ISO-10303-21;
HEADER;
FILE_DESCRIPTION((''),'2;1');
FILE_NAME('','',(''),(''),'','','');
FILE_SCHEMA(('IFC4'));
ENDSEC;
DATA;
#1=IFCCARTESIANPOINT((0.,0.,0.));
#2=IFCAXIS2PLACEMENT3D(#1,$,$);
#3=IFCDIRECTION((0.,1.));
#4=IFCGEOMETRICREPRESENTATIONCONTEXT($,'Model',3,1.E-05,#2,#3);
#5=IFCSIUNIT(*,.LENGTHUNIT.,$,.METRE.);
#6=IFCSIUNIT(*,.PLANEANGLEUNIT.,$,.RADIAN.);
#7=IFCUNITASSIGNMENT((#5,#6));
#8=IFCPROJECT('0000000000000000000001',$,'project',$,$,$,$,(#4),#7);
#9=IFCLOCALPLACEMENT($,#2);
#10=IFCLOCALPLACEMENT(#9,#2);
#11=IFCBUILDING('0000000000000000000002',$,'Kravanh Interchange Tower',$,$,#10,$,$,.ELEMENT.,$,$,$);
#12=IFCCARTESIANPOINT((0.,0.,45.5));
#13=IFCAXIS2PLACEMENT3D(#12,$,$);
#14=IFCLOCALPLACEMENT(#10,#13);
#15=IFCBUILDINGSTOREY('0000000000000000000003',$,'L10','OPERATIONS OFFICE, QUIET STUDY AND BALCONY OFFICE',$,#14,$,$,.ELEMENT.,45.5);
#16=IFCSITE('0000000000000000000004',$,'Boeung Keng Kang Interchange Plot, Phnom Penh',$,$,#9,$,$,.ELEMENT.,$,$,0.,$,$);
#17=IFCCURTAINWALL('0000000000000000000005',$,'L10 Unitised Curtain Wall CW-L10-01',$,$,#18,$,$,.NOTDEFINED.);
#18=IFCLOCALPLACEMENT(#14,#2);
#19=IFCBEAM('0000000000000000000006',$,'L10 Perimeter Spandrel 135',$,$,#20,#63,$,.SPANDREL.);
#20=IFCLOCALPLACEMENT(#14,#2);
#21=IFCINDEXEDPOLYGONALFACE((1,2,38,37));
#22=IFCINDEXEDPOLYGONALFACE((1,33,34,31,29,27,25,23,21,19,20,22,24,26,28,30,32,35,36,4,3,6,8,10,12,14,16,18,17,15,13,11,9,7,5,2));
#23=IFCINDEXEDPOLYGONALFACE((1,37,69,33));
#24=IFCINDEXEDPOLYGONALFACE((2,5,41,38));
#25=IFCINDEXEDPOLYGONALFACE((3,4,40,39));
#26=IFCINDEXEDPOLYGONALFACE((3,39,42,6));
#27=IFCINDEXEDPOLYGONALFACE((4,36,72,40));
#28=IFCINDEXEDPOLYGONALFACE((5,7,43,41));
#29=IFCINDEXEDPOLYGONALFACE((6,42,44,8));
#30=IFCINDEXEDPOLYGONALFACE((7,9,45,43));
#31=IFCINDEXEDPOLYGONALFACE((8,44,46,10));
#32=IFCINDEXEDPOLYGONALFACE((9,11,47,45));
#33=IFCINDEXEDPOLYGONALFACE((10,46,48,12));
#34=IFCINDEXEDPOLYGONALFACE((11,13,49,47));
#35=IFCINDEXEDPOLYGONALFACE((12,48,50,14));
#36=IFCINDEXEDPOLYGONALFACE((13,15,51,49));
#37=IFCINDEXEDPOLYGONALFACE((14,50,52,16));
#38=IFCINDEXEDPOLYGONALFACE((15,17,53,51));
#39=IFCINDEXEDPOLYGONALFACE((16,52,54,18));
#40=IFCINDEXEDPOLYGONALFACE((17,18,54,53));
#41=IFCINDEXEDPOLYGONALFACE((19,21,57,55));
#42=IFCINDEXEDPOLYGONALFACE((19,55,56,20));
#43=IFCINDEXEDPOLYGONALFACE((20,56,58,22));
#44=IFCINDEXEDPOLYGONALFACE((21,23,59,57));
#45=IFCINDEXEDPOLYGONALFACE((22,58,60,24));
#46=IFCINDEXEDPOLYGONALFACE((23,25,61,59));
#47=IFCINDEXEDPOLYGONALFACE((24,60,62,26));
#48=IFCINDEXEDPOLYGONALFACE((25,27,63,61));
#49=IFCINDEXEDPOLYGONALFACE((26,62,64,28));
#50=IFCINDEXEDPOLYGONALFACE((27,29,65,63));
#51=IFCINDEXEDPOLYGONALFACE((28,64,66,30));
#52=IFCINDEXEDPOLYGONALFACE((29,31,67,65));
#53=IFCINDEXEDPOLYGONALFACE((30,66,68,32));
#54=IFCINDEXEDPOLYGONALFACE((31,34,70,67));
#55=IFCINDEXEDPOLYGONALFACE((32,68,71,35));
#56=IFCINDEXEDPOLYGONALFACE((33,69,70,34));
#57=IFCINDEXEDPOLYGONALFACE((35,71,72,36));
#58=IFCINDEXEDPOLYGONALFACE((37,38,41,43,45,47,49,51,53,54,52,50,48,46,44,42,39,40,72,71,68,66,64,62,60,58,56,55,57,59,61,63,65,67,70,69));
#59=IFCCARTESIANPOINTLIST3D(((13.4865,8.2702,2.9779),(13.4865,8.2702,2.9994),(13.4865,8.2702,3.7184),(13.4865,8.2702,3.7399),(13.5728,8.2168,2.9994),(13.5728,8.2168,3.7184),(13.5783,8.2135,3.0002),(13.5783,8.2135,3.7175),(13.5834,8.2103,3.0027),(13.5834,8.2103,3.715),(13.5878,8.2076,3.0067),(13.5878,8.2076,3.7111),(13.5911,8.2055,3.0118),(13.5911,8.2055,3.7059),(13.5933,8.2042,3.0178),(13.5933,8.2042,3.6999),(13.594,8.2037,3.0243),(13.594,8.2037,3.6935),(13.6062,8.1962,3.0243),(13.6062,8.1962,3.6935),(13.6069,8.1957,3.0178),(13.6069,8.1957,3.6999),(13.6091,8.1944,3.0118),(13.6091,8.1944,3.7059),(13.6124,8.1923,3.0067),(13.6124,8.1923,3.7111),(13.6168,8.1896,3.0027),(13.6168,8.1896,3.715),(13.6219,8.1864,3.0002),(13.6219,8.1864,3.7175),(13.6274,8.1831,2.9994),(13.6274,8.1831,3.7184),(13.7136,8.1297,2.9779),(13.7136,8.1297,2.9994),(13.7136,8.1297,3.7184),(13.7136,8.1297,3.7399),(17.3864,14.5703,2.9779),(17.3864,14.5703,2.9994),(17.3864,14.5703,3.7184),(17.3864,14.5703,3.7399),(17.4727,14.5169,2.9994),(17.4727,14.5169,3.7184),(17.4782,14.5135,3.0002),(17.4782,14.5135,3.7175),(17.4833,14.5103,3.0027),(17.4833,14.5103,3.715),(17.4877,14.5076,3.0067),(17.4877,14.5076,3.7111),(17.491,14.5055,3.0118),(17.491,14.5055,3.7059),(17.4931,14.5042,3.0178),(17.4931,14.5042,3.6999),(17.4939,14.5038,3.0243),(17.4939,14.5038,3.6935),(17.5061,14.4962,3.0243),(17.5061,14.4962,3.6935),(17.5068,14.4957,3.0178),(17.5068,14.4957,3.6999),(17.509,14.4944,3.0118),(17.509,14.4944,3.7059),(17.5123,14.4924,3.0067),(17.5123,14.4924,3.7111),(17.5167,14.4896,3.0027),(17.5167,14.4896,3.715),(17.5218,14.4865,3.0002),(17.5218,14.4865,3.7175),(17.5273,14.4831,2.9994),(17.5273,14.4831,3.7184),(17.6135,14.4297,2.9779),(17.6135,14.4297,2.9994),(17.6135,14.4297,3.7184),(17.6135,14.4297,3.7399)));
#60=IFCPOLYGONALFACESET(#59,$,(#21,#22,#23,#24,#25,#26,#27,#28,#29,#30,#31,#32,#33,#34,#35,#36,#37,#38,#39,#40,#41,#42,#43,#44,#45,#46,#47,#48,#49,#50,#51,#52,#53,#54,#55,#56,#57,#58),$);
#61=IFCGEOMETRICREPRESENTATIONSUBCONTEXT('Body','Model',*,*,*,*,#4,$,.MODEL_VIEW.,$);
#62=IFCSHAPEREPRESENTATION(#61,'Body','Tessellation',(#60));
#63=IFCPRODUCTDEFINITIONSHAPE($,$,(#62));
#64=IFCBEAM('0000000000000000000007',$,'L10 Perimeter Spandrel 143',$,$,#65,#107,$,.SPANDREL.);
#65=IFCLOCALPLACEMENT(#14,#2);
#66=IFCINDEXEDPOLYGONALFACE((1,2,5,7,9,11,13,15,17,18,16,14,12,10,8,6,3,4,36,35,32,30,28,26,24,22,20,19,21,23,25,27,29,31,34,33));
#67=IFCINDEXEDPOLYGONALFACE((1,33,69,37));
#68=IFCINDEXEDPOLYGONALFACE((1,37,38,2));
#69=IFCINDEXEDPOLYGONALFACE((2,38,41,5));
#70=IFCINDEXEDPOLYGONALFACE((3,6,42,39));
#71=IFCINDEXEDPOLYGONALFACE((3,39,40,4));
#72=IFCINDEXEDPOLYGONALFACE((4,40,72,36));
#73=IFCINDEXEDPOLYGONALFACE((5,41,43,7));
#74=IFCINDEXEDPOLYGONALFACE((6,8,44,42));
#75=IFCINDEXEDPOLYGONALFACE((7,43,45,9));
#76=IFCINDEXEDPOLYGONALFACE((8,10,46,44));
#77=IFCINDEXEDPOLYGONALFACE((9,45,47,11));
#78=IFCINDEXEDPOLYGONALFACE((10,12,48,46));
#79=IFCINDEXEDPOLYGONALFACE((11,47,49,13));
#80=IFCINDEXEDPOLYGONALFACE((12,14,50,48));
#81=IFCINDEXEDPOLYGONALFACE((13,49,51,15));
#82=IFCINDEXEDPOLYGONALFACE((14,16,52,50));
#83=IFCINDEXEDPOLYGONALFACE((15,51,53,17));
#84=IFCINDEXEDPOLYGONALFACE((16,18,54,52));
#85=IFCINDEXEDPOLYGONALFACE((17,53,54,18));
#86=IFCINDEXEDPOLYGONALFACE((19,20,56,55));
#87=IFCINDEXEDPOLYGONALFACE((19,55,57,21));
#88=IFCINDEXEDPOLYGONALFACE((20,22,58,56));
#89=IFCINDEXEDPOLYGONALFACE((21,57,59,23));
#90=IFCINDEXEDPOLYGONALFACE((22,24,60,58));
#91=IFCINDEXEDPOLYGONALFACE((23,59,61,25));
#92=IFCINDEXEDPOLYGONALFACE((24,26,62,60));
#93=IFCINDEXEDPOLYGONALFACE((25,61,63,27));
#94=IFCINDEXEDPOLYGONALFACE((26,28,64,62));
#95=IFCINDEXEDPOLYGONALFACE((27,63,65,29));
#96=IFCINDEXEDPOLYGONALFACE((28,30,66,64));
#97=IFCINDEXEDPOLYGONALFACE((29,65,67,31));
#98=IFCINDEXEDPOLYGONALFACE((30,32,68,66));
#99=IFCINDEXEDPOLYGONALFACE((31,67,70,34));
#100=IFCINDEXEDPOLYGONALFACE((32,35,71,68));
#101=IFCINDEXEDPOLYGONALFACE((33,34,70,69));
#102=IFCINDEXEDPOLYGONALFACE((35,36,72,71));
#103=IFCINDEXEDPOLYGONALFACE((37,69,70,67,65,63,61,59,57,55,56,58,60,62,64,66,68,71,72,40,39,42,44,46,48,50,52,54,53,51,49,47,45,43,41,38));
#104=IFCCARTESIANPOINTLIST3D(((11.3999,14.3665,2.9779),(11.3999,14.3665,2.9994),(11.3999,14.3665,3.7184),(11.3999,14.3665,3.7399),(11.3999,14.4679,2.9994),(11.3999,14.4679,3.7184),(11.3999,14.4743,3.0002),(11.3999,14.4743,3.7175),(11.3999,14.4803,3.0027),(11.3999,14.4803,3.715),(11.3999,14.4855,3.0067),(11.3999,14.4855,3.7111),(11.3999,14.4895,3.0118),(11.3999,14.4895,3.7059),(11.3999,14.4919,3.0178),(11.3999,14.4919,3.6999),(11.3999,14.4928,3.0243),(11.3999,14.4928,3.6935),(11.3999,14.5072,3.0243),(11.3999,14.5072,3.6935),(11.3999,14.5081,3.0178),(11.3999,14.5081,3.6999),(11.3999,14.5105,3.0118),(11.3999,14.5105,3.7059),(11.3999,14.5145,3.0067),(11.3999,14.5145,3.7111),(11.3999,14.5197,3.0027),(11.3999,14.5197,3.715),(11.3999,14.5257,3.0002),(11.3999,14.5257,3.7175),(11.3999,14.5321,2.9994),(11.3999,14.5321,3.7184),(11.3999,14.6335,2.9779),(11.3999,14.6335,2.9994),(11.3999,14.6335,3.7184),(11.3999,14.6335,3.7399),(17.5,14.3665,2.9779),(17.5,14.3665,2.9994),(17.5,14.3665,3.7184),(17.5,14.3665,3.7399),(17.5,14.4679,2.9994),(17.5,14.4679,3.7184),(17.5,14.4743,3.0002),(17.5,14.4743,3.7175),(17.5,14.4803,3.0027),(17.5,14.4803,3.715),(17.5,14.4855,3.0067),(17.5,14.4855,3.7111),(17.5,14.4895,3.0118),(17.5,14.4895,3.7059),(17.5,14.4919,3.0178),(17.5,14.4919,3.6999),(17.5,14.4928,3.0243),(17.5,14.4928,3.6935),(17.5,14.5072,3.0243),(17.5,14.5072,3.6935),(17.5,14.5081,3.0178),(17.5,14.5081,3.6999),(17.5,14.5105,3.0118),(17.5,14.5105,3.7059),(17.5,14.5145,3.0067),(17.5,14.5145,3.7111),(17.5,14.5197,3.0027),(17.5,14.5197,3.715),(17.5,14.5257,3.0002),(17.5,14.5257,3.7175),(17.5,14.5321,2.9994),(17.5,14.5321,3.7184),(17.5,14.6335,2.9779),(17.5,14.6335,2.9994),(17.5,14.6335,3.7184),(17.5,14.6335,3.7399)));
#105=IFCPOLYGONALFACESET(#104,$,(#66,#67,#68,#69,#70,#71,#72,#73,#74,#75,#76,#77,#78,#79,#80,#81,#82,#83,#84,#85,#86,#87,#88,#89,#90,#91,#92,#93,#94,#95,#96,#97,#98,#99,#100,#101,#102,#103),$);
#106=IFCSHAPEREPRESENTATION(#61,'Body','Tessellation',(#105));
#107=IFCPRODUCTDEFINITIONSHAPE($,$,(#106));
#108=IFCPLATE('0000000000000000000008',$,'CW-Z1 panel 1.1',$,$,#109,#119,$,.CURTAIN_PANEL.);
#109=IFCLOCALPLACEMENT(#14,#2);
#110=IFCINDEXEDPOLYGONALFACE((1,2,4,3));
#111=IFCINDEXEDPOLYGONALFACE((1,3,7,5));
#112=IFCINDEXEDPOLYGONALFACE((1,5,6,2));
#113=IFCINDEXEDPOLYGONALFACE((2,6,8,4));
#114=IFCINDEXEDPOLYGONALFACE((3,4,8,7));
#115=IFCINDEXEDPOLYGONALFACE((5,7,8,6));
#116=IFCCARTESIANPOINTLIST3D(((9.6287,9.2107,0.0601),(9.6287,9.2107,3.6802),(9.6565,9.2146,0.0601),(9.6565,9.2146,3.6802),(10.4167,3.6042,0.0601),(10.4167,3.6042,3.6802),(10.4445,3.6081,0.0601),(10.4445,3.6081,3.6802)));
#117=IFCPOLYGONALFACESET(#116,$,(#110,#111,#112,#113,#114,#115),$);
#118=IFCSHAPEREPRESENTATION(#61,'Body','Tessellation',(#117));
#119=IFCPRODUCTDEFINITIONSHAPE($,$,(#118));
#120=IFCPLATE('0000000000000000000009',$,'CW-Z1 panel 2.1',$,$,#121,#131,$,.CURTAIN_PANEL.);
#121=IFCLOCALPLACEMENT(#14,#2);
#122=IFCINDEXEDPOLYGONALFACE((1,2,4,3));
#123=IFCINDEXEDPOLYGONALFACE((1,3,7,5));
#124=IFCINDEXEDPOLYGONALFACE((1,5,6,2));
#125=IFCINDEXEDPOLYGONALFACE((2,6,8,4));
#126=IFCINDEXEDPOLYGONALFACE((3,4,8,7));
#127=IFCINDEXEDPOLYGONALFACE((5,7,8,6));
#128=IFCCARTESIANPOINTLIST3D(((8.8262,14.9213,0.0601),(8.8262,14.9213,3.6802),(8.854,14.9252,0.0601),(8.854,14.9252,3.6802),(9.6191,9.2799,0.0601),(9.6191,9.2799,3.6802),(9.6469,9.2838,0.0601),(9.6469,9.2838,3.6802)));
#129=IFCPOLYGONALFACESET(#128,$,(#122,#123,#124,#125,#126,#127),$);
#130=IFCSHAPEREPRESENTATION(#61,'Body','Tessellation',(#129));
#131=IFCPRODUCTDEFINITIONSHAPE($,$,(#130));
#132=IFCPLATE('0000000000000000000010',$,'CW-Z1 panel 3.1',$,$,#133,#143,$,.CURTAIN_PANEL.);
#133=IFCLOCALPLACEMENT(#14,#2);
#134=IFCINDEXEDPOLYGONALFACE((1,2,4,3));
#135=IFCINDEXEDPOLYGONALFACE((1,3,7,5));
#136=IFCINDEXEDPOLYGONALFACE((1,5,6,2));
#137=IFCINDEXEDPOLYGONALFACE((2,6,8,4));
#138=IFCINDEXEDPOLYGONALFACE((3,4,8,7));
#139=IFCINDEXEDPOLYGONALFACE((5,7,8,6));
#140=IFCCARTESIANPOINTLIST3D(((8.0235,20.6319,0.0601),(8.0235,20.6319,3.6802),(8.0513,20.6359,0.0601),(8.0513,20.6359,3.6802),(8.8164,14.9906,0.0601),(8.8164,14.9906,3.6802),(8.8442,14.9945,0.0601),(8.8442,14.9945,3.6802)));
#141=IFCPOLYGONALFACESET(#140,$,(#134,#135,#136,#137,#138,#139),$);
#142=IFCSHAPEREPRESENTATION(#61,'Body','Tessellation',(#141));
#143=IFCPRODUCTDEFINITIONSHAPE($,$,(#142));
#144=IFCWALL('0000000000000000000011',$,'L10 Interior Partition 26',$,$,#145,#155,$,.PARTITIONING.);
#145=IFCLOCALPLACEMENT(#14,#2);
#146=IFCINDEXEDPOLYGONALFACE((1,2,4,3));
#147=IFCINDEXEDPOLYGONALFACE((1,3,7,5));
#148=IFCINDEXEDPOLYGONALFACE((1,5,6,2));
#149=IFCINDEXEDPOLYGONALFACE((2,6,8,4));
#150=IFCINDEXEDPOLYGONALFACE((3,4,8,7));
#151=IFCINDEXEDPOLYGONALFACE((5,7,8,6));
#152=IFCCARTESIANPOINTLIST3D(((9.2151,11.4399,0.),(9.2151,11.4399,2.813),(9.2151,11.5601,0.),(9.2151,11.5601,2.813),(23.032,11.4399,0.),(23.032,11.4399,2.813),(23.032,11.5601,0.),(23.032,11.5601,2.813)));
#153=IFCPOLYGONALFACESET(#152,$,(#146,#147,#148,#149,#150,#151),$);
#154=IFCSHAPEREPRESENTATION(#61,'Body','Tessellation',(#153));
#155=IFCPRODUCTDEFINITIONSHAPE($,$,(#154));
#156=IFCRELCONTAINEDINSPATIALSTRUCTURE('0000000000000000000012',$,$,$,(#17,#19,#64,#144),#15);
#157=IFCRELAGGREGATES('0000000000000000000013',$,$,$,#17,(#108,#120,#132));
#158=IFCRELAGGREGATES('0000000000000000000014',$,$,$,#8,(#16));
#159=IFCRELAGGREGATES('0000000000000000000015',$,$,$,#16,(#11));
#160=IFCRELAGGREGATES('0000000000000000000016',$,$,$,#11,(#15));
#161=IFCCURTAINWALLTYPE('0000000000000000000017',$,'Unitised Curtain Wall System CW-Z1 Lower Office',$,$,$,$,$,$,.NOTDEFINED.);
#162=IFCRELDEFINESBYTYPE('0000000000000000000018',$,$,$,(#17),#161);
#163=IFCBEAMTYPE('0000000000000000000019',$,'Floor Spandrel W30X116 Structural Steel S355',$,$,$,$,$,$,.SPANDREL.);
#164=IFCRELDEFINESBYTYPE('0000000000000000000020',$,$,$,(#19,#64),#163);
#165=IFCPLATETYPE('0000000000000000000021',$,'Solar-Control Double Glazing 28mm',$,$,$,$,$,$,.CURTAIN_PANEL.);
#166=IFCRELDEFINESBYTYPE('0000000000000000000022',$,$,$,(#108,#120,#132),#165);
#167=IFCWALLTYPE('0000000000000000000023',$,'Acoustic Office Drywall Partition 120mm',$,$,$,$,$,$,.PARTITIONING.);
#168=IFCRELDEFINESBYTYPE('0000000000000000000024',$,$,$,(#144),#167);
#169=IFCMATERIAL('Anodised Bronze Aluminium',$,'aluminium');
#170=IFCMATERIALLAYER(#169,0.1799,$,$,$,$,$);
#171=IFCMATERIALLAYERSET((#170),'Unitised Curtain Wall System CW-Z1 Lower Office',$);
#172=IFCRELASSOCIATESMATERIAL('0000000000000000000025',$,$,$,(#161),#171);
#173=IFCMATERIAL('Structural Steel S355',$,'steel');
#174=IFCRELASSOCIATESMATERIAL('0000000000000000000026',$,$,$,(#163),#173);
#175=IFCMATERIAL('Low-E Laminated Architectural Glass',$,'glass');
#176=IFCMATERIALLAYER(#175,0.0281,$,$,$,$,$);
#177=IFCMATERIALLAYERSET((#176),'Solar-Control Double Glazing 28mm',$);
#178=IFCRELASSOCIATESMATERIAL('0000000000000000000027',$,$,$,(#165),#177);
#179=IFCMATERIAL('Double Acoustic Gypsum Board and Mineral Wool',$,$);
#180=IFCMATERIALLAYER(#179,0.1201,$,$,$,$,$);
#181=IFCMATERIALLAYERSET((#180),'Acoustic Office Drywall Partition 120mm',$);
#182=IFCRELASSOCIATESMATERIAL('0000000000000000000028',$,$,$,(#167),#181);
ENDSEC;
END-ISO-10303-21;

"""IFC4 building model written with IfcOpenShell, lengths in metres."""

from ifc_helpers import new_model, si_unit, direction, frame, frame_2d, origin, origin_2d, place, context, subcontext, project, spatial, rectangle, i_section, extrude, material, layer, layer_set, material_profile, profile_set, type_object, element, aggregate, save


model = new_model("IFC4")

# Units and contexts
model_context = context("Model", 3, precision=1e-05, world=origin(), true_north=direction((0.0, 1.0)))
body_context = subcontext(model_context, "Body", "Model", "MODEL_VIEW")
ifc_project = project(units=[si_unit("LENGTHUNIT", "METRE"), si_unit("PLANEANGLEUNIT", "RADIAN")], contexts=[model_context])

# Site, building, storey
site_placement = place(None, origin())
site = spatial("IfcSite", under=ifc_project, at=site_placement, Name="Boeung Keng Kang Interchange Plot, Phnom Penh", CompositionType="ELEMENT", RefElevation=0.0)
building_placement = place(site_placement, origin())
building = spatial("IfcBuilding", under=site, at=building_placement, Name="Kravanh Interchange Tower", CompositionType="ELEMENT")
storey_placement = place(building_placement, frame((0.0, 0.0, 45.5)))
storey = spatial("IfcBuildingStorey", under=building, at=storey_placement, Name="L10", Description="OPERATIONS OFFICE, QUIET STUDY AND BALCONY OFFICE", CompositionType="ELEMENT", Elevation=45.5)

# Curtain wall
ifc_material_1 = material(Name="Anodised Bronze Aluminium", Category="aluminium")
ifc_layer_1 = layer(ifc_material_1, 0.1799)
ifc_layer_set_1 = layer_set([ifc_layer_1], Name="Unitised Curtain Wall System CW-Z1 Lower Office")
curtain_wall_type = type_object("IfcCurtainWallType", Name="Unitised Curtain Wall System CW-Z1 Lower Office", PredefinedType="NOTDEFINED", material=ifc_layer_set_1)
curtain_wall_placement = place(storey_placement, origin())
curtain_wall = element("IfcCurtainWall", 1, at=curtain_wall_placement, inside=storey, type_object=curtain_wall_type, Name="L10 Unitised Curtain Wall CW-L10-01", PredefinedType="NOTDEFINED")

# Beams
ifc_material_2 = material(Name="Structural Steel S355", Category="steel")
ifc_material_profile_1 = material_profile(ifc_material_2, i_section(OverallWidth=0.2671, OverallDepth=0.762, WebThickness=0.0144, FlangeThickness=0.0215, FilletRadius=0.0249, at=origin_2d()), Name="W30X116")
ifc_profile_set_1 = profile_set([ifc_material_profile_1], Name="Structural Steel S355")
beam_type_1 = type_object("IfcBeamType", Name="Floor Spandrel W30X116 Structural Steel S355", PredefinedType="SPANDREL", material=ifc_profile_set_1)
beam_1_placement = place(storey_placement, frame((13.6001, 8.2, 3.3589), z_axis=(0.526342, 0.850273, 0.0), x_axis=(-0.850273, 0.526342, 0.0)))
element("IfcBeam", 2, at=beam_1_placement, inside=storey, type_object=beam_type_1, Name="L10 Perimeter Spandrel 135", PredefinedType="SPANDREL", context=body_context, shape_type="SweptSolid", body=[
    extrude(i_section(OverallWidth=0.2671, OverallDepth=0.762, WebThickness=0.0144, FlangeThickness=0.0215, FilletRadius=0.0249, at=origin_2d()), origin(), (0.0, 0.0, 1.0), 7.4094),
])
beam_2_placement = place(storey_placement, frame((11.3999, 14.5, 3.3589), z_axis=(1.0, 0.0, 0.0), x_axis=(0.0, 1.0, 0.0)))
element("IfcBeam", 3, at=beam_2_placement, inside=storey, type_object=beam_type_1, Name="L10 Perimeter Spandrel 143", PredefinedType="SPANDREL", context=body_context, shape_type="SweptSolid", body=[
    extrude(i_section(OverallWidth=0.2671, OverallDepth=0.762, WebThickness=0.0144, FlangeThickness=0.0215, FilletRadius=0.0249, at=origin_2d()), origin(), (0.0, 0.0, 1.0), 6.1001),
])

# Plates
ifc_material_3 = material(Name="Low-E Laminated Architectural Glass", Category="glass")
ifc_layer_2 = layer(ifc_material_3, 0.0281)
ifc_layer_set_2 = layer_set([ifc_layer_2], Name="Solar-Control Double Glazing 28mm")
plate_type = type_object("IfcPlateType", Name="Solar-Control Double Glazing 28mm", PredefinedType="CURTAIN_PANEL", material=ifc_layer_set_2)
plate_1_placement = place(storey_placement, frame((10.0366, 6.4094, 0.0601), z_axis=(0.0, 0.0, 1.0), x_axis=(-0.139177, 0.990268, 0.0)))
plate_1 = element("IfcPlate", 4, at=plate_1_placement, type_object=plate_type, Name="CW-Z1 panel 1.1", PredefinedType="CURTAIN_PANEL", context=body_context, shape_type="SweptSolid", body=[
    extrude(rectangle(XDim=5.6616, YDim=0.0281, at=origin_2d()), origin(), (0.0, 0.0, 1.0), 3.6201),
])
plate_2_placement = place(storey_placement, frame((9.2366, 12.1025, 0.0601), z_axis=(0.0, 0.0, 1.0), x_axis=(-0.139177, 0.990268, 0.0)))
plate_2 = element("IfcPlate", 5, at=plate_2_placement, type_object=plate_type, Name="CW-Z1 panel 2.1", PredefinedType="CURTAIN_PANEL", context=body_context, shape_type="SweptSolid", body=[
    extrude(rectangle(XDim=5.6968, YDim=0.0281, at=origin_2d()), origin(), (0.0, 0.0, 1.0), 3.6201),
])
plate_3_placement = place(storey_placement, frame((8.4338, 17.8132, 0.0601), z_axis=(0.0, 0.0, 1.0), x_axis=(-0.139177, 0.990268, 0.0)))
plate_3 = element("IfcPlate", 6, at=plate_3_placement, type_object=plate_type, Name="CW-Z1 panel 3.1", PredefinedType="CURTAIN_PANEL", context=body_context, shape_type="SweptSolid", body=[
    extrude(rectangle(XDim=5.6968, YDim=0.0281, at=origin_2d()), origin(), (0.0, 0.0, 1.0), 3.6201),
])
aggregate(curtain_wall, [plate_1, plate_2, plate_3])

# Wall
ifc_material_4 = material(Name="Double Acoustic Gypsum Board and Mineral Wool")
ifc_layer_3 = layer(ifc_material_4, 0.1201)
ifc_layer_set_3 = layer_set([ifc_layer_3], Name="Acoustic Office Drywall Partition 120mm")
wall_type = type_object("IfcWallType", Name="Acoustic Office Drywall Partition 120mm", PredefinedType="PARTITIONING", material=ifc_layer_set_3)
wall_placement = place(storey_placement, frame((9.2151, 11.5, 0.0), z_axis=(0.0, 0.0, 1.0), x_axis=(1.0, 0.0, 0.0)))
element("IfcWall", 7, at=wall_placement, inside=storey, type_object=wall_type, Name="L10 Interior Partition 26", PredefinedType="PARTITIONING", context=body_context, shape_type="SweptSolid", body=[
    extrude(rectangle(XDim=13.8169, YDim=0.1201, at=frame_2d((6.9084, 0.0))), origin(), (0.0, 0.0, 1.0), 2.813),
])

save(model, "model.ifc")
